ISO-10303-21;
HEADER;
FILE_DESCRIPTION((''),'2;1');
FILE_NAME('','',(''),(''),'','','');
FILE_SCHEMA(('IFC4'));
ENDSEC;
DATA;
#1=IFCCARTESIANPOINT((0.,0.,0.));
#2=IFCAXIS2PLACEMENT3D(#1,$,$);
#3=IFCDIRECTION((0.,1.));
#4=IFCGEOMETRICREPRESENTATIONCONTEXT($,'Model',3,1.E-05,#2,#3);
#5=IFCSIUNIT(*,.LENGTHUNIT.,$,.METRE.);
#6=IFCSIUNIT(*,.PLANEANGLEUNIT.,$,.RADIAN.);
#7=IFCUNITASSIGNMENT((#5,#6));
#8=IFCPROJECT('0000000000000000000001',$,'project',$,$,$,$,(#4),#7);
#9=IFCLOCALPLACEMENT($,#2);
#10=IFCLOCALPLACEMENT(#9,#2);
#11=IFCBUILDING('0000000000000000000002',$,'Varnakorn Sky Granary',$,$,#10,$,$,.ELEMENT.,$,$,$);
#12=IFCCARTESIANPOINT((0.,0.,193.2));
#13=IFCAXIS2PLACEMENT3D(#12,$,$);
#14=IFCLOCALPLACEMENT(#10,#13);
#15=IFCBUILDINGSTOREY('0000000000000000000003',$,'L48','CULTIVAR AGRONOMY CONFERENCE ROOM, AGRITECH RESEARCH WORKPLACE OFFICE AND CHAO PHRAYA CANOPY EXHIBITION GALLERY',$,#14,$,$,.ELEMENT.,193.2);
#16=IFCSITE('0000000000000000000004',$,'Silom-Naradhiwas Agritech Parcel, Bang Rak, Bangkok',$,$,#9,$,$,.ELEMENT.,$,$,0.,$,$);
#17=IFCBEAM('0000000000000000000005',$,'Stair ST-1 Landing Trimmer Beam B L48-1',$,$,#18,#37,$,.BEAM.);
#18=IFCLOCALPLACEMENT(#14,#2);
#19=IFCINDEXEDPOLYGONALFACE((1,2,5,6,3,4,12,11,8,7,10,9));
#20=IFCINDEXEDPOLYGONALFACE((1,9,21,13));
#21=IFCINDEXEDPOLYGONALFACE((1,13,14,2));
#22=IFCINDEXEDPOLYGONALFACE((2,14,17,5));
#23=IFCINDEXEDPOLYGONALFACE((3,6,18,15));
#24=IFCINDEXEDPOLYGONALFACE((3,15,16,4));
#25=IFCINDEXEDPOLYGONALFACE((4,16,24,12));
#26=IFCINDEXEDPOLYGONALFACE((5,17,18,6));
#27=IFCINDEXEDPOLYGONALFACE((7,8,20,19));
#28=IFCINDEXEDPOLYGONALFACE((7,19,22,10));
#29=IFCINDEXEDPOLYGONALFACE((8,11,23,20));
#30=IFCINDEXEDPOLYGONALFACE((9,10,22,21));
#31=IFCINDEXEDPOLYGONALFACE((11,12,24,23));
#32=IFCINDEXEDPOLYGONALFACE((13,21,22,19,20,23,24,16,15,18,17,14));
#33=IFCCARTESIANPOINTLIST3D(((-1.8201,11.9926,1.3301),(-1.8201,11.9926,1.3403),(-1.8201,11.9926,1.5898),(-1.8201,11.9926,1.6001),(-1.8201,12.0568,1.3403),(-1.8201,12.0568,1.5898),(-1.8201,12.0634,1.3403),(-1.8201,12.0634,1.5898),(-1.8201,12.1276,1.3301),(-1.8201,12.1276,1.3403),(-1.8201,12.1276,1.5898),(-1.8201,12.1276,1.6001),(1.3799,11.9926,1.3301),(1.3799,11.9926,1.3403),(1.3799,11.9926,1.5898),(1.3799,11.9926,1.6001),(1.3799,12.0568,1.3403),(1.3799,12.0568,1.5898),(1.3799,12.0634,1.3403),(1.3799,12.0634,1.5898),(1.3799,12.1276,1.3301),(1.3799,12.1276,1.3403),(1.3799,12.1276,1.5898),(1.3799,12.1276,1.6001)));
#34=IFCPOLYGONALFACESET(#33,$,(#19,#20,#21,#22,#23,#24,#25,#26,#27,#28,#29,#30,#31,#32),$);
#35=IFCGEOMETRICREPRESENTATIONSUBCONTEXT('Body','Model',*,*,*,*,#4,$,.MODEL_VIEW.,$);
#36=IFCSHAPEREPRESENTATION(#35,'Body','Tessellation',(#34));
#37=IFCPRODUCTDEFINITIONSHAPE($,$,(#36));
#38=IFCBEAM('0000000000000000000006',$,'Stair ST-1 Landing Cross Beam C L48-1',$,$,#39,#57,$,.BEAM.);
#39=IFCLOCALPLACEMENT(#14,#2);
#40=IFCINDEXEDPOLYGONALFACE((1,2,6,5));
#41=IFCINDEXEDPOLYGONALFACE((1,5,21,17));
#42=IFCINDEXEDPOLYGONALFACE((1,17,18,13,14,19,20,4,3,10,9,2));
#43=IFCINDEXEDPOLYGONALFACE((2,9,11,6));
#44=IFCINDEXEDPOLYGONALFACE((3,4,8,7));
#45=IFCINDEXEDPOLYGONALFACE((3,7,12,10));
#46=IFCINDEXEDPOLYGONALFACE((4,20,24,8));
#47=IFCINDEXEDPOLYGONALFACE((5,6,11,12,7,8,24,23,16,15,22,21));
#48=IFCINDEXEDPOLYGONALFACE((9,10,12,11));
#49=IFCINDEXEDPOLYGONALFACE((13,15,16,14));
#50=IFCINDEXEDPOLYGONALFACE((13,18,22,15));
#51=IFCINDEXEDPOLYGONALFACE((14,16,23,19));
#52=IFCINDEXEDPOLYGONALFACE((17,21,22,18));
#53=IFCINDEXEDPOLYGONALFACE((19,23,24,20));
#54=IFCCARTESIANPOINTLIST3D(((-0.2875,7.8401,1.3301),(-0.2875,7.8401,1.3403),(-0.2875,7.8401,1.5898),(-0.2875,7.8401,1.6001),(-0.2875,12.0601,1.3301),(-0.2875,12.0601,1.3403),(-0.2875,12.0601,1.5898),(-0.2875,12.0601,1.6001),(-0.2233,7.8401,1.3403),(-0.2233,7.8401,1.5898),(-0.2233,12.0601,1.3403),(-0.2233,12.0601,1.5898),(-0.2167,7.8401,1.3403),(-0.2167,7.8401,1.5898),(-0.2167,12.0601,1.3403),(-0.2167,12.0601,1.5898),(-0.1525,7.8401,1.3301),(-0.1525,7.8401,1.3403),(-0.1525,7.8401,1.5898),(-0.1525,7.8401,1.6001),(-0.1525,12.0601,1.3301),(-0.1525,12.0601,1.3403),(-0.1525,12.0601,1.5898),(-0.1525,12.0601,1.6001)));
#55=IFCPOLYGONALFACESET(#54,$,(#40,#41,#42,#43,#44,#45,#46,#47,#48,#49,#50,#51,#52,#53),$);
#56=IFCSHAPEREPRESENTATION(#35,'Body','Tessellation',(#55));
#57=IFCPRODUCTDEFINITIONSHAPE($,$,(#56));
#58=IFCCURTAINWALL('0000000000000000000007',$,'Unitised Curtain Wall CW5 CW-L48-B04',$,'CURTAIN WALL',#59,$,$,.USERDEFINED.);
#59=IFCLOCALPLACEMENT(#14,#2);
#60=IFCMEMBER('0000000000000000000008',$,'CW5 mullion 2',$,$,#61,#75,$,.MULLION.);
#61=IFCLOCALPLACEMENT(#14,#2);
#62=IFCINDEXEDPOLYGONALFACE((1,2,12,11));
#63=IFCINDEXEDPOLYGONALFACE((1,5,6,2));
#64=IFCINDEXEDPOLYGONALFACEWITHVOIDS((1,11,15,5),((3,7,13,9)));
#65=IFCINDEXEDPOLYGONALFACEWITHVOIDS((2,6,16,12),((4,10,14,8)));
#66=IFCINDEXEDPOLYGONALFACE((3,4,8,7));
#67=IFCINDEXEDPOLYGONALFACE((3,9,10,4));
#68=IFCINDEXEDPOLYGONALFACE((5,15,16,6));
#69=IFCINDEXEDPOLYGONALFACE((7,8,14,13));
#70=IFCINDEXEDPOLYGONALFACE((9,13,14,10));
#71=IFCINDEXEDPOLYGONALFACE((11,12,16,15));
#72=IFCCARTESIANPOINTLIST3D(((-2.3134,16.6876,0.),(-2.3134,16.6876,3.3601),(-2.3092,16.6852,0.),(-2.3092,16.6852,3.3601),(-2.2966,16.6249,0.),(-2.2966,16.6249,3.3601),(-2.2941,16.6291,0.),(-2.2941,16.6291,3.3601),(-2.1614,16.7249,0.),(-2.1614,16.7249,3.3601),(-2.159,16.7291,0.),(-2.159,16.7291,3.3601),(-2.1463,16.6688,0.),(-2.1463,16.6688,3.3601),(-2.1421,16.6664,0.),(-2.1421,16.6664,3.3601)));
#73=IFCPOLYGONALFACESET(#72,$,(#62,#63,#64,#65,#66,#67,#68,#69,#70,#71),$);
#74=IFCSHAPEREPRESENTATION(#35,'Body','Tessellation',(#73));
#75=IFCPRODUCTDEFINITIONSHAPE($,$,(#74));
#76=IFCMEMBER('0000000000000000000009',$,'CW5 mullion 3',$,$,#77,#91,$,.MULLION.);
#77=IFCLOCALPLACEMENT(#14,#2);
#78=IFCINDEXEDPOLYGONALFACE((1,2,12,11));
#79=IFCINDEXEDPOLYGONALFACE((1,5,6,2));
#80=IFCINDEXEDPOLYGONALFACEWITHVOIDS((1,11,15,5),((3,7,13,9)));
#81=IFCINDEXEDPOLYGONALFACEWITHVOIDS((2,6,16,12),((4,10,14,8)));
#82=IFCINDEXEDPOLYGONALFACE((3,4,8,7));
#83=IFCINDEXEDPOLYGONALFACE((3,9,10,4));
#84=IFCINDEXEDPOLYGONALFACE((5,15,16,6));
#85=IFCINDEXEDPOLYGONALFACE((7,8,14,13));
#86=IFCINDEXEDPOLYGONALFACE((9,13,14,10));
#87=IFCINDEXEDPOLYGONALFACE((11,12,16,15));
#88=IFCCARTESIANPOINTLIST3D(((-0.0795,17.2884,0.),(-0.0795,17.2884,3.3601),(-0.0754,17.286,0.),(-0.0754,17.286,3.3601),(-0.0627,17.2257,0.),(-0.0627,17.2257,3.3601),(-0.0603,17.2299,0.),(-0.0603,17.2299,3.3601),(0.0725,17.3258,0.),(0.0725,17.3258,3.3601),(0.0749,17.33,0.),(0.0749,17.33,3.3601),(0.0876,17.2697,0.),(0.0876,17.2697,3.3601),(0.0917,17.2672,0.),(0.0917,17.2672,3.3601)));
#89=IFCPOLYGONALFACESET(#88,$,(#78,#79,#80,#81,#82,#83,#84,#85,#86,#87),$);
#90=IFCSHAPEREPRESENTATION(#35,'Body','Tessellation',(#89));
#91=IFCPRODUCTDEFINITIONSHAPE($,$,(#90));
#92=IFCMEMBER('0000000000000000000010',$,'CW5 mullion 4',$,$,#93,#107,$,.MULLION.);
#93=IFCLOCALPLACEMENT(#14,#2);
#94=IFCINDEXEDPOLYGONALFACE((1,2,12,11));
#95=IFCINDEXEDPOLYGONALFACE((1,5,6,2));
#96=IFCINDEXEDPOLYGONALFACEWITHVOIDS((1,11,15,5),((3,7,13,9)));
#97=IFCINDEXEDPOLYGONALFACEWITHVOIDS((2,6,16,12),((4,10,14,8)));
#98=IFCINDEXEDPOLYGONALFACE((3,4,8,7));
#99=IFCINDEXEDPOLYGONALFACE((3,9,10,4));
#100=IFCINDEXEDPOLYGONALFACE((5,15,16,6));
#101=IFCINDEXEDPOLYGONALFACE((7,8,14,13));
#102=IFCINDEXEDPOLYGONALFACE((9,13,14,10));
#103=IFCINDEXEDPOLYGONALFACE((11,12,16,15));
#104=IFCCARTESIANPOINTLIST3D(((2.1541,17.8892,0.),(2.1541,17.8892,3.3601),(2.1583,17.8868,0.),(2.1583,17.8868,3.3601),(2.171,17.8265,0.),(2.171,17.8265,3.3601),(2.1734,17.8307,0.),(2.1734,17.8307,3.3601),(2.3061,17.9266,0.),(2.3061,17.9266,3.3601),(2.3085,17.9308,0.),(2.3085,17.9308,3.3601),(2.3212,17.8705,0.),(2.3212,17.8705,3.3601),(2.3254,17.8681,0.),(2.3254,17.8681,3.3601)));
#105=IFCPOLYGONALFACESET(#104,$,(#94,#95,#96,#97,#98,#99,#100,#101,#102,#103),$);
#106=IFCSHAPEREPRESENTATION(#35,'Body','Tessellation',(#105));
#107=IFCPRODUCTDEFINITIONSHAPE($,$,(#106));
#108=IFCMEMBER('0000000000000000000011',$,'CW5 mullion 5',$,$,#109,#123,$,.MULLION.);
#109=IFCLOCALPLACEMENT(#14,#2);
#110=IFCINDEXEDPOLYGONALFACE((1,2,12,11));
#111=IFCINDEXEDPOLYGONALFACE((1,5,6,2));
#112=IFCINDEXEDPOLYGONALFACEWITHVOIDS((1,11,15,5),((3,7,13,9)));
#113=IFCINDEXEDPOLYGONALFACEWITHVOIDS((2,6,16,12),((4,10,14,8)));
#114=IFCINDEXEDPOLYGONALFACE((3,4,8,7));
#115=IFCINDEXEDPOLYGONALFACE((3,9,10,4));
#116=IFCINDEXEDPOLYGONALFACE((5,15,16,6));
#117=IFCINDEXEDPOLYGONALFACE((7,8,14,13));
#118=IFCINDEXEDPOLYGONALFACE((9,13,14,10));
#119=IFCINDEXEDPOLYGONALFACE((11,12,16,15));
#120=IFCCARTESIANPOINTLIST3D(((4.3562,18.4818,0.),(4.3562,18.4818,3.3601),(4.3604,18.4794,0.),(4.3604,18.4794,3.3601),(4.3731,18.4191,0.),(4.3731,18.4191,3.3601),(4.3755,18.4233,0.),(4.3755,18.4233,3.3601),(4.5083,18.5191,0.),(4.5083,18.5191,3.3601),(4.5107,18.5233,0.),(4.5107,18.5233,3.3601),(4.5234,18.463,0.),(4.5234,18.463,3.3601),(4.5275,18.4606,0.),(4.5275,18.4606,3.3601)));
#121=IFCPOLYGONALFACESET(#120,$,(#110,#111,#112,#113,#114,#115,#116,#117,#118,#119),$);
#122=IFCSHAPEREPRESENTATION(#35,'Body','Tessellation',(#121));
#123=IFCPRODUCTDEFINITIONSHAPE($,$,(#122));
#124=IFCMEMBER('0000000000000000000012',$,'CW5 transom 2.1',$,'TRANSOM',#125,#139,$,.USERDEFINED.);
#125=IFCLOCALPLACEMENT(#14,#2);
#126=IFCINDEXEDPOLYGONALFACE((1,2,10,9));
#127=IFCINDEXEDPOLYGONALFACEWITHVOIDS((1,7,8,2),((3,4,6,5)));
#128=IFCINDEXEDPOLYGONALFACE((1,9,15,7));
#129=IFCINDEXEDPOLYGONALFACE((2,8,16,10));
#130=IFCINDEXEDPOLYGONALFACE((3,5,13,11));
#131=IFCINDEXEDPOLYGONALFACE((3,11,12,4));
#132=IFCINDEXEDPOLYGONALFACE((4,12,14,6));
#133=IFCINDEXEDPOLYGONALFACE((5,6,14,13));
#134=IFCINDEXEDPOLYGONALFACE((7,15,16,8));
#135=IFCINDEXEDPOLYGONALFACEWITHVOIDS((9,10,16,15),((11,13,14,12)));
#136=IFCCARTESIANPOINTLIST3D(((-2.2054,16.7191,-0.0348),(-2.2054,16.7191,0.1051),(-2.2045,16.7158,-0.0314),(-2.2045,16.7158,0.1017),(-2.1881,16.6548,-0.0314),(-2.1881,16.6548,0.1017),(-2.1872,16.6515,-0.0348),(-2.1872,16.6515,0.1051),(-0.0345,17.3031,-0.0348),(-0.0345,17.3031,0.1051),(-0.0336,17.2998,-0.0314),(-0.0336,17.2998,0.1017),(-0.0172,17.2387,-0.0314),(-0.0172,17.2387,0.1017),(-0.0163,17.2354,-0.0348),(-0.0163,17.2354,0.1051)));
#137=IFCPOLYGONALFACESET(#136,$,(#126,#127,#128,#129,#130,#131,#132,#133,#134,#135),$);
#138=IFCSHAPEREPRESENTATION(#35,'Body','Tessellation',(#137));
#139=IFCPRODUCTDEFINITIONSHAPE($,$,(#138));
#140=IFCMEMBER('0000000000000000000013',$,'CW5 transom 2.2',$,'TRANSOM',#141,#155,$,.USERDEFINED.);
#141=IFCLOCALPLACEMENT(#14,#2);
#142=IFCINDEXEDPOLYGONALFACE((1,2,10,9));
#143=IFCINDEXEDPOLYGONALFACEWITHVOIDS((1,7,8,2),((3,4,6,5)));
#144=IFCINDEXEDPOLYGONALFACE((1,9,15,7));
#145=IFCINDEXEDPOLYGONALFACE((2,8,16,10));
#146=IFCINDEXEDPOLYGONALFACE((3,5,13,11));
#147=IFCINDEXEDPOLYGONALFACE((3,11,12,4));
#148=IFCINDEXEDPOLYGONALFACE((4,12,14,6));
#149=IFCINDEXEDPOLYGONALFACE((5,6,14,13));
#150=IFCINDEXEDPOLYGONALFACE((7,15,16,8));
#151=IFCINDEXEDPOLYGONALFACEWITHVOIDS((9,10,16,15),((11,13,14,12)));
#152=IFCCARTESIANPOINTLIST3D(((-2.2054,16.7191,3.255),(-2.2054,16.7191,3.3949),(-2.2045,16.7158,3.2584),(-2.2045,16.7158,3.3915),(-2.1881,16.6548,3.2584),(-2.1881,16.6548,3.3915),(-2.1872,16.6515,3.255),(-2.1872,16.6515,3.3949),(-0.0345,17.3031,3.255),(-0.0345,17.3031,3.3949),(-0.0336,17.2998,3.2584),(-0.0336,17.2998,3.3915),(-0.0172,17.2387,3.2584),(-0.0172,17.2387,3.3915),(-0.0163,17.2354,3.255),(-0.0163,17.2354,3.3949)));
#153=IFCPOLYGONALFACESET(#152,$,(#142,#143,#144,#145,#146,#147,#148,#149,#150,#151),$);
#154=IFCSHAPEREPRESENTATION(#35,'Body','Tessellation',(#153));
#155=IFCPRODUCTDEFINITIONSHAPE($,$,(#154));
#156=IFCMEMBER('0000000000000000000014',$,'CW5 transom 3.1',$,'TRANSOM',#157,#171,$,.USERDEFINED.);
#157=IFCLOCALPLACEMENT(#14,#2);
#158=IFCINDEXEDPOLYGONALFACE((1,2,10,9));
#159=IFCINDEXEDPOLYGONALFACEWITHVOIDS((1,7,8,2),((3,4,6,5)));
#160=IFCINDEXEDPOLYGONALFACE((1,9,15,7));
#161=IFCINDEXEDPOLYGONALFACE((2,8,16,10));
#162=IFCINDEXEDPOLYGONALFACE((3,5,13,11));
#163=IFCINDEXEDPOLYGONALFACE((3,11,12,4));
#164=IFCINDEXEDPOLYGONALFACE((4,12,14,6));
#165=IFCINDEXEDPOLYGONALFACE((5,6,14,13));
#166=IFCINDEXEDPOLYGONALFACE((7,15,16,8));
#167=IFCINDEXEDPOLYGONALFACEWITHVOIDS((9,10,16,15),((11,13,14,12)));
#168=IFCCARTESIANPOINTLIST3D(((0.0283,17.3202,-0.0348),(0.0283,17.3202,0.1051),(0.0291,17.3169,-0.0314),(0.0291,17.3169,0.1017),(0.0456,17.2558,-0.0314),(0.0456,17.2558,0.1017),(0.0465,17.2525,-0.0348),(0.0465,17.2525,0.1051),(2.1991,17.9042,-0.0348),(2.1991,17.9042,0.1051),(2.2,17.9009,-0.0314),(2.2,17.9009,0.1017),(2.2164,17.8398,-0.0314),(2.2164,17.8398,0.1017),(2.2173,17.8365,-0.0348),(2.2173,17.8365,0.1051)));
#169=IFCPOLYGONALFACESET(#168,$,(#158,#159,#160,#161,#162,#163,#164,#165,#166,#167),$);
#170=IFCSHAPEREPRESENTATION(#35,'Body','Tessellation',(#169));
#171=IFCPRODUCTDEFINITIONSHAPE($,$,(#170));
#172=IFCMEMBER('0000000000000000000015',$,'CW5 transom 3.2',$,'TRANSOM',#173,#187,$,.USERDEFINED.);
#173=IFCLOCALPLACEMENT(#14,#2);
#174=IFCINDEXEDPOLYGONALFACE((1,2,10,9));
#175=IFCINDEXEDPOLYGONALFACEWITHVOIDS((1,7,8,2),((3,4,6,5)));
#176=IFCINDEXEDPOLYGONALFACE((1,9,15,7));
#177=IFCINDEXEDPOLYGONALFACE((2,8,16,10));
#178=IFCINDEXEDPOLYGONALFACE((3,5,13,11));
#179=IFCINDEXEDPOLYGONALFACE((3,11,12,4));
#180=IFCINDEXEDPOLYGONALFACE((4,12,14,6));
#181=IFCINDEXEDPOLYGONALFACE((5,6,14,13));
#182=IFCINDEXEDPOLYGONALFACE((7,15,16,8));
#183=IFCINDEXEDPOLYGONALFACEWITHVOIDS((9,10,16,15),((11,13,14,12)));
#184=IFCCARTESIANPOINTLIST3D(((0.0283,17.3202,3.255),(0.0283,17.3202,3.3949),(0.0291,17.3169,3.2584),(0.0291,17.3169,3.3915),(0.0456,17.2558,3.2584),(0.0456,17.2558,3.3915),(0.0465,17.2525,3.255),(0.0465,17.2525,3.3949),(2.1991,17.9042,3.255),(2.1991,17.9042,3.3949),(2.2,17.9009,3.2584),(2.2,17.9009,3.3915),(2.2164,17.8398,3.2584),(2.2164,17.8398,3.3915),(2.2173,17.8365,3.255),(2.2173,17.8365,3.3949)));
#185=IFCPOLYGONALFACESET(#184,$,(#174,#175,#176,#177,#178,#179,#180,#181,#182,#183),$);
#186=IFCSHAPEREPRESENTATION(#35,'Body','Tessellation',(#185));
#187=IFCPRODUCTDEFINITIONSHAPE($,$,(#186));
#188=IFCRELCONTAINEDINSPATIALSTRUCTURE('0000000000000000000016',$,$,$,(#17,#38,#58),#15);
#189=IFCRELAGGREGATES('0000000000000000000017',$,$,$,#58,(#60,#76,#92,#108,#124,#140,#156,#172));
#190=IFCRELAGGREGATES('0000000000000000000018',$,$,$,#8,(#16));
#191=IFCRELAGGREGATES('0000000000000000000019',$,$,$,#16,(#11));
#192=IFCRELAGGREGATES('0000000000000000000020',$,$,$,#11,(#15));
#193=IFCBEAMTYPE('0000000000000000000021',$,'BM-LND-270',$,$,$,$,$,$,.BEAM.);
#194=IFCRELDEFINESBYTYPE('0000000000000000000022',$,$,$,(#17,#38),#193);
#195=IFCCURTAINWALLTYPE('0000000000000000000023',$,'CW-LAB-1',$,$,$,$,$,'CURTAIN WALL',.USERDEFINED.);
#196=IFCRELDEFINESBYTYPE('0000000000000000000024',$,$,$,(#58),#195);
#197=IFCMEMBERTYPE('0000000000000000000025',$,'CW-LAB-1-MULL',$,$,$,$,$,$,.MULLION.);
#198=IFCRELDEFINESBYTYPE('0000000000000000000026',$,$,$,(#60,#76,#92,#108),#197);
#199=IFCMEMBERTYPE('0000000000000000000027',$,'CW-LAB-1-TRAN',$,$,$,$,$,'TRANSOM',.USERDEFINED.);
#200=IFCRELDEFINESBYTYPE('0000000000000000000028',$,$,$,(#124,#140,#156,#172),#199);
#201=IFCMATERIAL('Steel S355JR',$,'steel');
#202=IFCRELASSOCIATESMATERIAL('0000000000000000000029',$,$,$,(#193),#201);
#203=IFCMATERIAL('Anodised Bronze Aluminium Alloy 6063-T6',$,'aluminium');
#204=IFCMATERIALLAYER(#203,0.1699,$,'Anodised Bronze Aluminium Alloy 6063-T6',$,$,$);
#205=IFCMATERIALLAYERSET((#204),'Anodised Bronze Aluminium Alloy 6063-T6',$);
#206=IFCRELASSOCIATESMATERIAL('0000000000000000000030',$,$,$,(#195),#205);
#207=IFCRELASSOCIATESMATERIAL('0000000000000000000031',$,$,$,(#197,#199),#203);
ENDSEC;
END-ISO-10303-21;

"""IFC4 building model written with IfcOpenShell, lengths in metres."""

from ifc_helpers import new_model, si_unit, direction, frame, origin, origin_2d, place, context, subcontext, project, spatial, hollow_rectangle, i_section, extrude, material, layer, layer_set, material_profile, profile_set, type_object, element, aggregate, save


model = new_model("IFC4")

# Units and contexts
model_context = context("Model", 3, precision=1e-05, world=origin(), true_north=direction((0.0, 1.0)))
body_context = subcontext(model_context, "Body", "Model", "MODEL_VIEW")
ifc_project = project(units=[si_unit("LENGTHUNIT", "METRE"), si_unit("PLANEANGLEUNIT", "RADIAN")], contexts=[model_context])

# Site, building, storey
site_placement = place(None, origin())
site = spatial("IfcSite", under=ifc_project, at=site_placement, Name="Silom-Naradhiwas Agritech Parcel, Bang Rak, Bangkok", CompositionType="ELEMENT", RefElevation=0.0)
building_placement = place(site_placement, origin())
building = spatial("IfcBuilding", under=site, at=building_placement, Name="Varnakorn Sky Granary", CompositionType="ELEMENT")
storey_placement = place(building_placement, frame((0.0, 0.0, 193.2)))
storey = spatial("IfcBuildingStorey", under=building, at=storey_placement, Name="L48", Description="CULTIVAR AGRONOMY CONFERENCE ROOM, AGRITECH RESEARCH WORKPLACE OFFICE AND CHAO PHRAYA CANOPY EXHIBITION GALLERY", CompositionType="ELEMENT", Elevation=193.2)

# Beams
ifc_material_1 = material(Name="Steel S355JR", Category="steel")
ifc_material_profile_1 = material_profile(ifc_material_1, i_section(OverallWidth=0.135, OverallDepth=0.27, WebThickness=0.0066, FlangeThickness=0.0103, at=origin_2d()), Name="IPE 270")
ifc_profile_set_1 = profile_set([ifc_material_profile_1], Name="Steel S355JR")
beam_type = type_object("IfcBeamType", Name="BM-LND-270", PredefinedType="BEAM", material=ifc_profile_set_1)
beam_1_placement = place(storey_placement, frame((-1.8201, 12.0601, 1.4651), z_axis=(1.0, 0.0, 0.0), x_axis=(0.0, 1.0, 0.0)))
element("IfcBeam", 1, at=beam_1_placement, inside=storey, type_object=beam_type, Name="Stair ST-1 Landing Trimmer Beam B L48-1", PredefinedType="BEAM", context=body_context, shape_type="SweptSolid", body=[
    extrude(i_section(OverallWidth=0.135, OverallDepth=0.27, WebThickness=0.0066, FlangeThickness=0.0103, at=origin_2d()), origin(), (0.0, 0.0, 1.0), 3.2),
])
beam_2_placement = place(storey_placement, frame((-0.22, 7.8401, 1.4651), z_axis=(0.0, 1.0, 0.0), x_axis=(-1.0, 0.0, 0.0)))
element("IfcBeam", 2, at=beam_2_placement, inside=storey, type_object=beam_type, Name="Stair ST-1 Landing Cross Beam C L48-1", PredefinedType="BEAM", context=body_context, shape_type="SweptSolid", body=[
    extrude(i_section(OverallWidth=0.135, OverallDepth=0.27, WebThickness=0.0066, FlangeThickness=0.0103, at=origin_2d()), origin(), (0.0, 0.0, 1.0), 4.22),
])

# Curtain wall, members
ifc_material_2 = material(Name="Anodised Bronze Aluminium Alloy 6063-T6", Category="aluminium")
ifc_layer_1 = layer(ifc_material_2, 0.1699, Name="Anodised Bronze Aluminium Alloy 6063-T6")
ifc_layer_set_1 = layer_set([ifc_layer_1], Name="Anodised Bronze Aluminium Alloy 6063-T6")
curtain_wall_type = type_object("IfcCurtainWallType", Name="CW-LAB-1", ElementType="CURTAIN WALL", PredefinedType="USERDEFINED", material=ifc_layer_set_1)
curtain_wall_placement = place(storey_placement, origin())
curtain_wall = element("IfcCurtainWall", 3, at=curtain_wall_placement, inside=storey, type_object=curtain_wall_type, Name="Unitised Curtain Wall CW5 CW-L48-B04", ObjectType="CURTAIN WALL", PredefinedType="USERDEFINED")
ifc_material_profile_2 = material_profile(ifc_material_2, hollow_rectangle(XDim=0.0649, YDim=0.1599, WallThickness=0.0034, at=origin_2d()), Name="ALU MULL 65x160")
ifc_profile_set_2 = profile_set([ifc_material_profile_2], Name="Anodised Bronze Aluminium Alloy 6063-T6")
member_type_1 = type_object("IfcMemberType", Name="CW-LAB-1-MULL", PredefinedType="MULLION", material=ifc_profile_set_2)
member_1_placement = place(storey_placement, frame((-2.2278, 16.677, 0.0), z_axis=(0.0, 0.0, 1.0), x_axis=(-0.25979, 0.965665, 0.0)))
member_1 = element("IfcMember", 4, at=member_1_placement, type_object=member_type_1, Name="CW5 mullion 2", PredefinedType="MULLION", context=body_context, shape_type="SweptSolid", body=[
    extrude(hollow_rectangle(XDim=0.0649, YDim=0.1599, WallThickness=0.0034, at=origin_2d()), origin(), (0.0, 0.0, 1.0), 3.3601),
])
member_2_placement = place(storey_placement, frame((0.0061, 17.2778, 0.0), z_axis=(0.0, 0.0, 1.0), x_axis=(-0.25979, 0.965665, 0.0)))
member_2 = element("IfcMember", 5, at=member_2_placement, type_object=member_type_1, Name="CW5 mullion 3", PredefinedType="MULLION", context=body_context, shape_type="SweptSolid", body=[
    extrude(hollow_rectangle(XDim=0.0649, YDim=0.1599, WallThickness=0.0034, at=origin_2d()), origin(), (0.0, 0.0, 1.0), 3.3601),
])
member_3_placement = place(storey_placement, frame((2.2397, 17.8787, 0.0), z_axis=(0.0, 0.0, 1.0), x_axis=(-0.25979, 0.965665, 0.0)))
member_3 = element("IfcMember", 6, at=member_3_placement, type_object=member_type_1, Name="CW5 mullion 4", PredefinedType="MULLION", context=body_context, shape_type="SweptSolid", body=[
    extrude(hollow_rectangle(XDim=0.0649, YDim=0.1599, WallThickness=0.0034, at=origin_2d()), origin(), (0.0, 0.0, 1.0), 3.3601),
])
member_4_placement = place(storey_placement, frame((4.4419, 18.4712, 0.0), z_axis=(0.0, 0.0, 1.0), x_axis=(-0.25979, 0.965665, 0.0)))
member_4 = element("IfcMember", 7, at=member_4_placement, type_object=member_type_1, Name="CW5 mullion 5", PredefinedType="MULLION", context=body_context, shape_type="SweptSolid", body=[
    extrude(hollow_rectangle(XDim=0.0649, YDim=0.1599, WallThickness=0.0034, at=origin_2d()), origin(), (0.0, 0.0, 1.0), 3.3601),
])
ifc_material_profile_3 = material_profile(ifc_material_2, hollow_rectangle(XDim=0.0701, YDim=0.1399, WallThickness=0.0034, at=origin_2d()), Name="ALU TRAN 70x140")
ifc_profile_set_3 = profile_set([ifc_material_profile_3], Name="Anodised Bronze Aluminium Alloy 6063-T6")
member_type_2 = type_object("IfcMemberType", Name="CW-LAB-1-TRAN", ElementType="TRANSOM", PredefinedType="USERDEFINED", material=ifc_profile_set_3)
member_5_placement = place(storey_placement, frame((-2.1963, 16.6853, 0.0352), z_axis=(0.96567, 0.259771, 0.0), x_axis=(-0.259771, 0.96567, 0.0)))
member_5 = element("IfcMember", 8, at=member_5_placement, type_object=member_type_2, Name="CW5 transom 2.1", ObjectType="TRANSOM", PredefinedType="USERDEFINED", context=body_context, shape_type="SweptSolid", body=[
    extrude(hollow_rectangle(XDim=0.0701, YDim=0.1399, WallThickness=0.0034, at=origin_2d()), origin(), (0.0, 0.0, 1.0), 2.248),
])
member_6_placement = place(storey_placement, frame((-2.1963, 16.6853, 3.325), z_axis=(0.96567, 0.259771, 0.0), x_axis=(-0.259771, 0.96567, 0.0)))
member_6 = element("IfcMember", 9, at=member_6_placement, type_object=member_type_2, Name="CW5 transom 2.2", ObjectType="TRANSOM", PredefinedType="USERDEFINED", context=body_context, shape_type="SweptSolid", body=[
    extrude(hollow_rectangle(XDim=0.0701, YDim=0.1399, WallThickness=0.0034, at=origin_2d()), origin(), (0.0, 0.0, 1.0), 2.248),
])
member_7_placement = place(storey_placement, frame((0.0374, 17.2864, 0.0352), z_axis=(0.96567, 0.259771, 0.0), x_axis=(-0.259771, 0.96567, 0.0)))
member_7 = element("IfcMember", 10, at=member_7_placement, type_object=member_type_2, Name="CW5 transom 3.1", ObjectType="TRANSOM", PredefinedType="USERDEFINED", context=body_context, shape_type="SweptSolid", body=[
    extrude(hollow_rectangle(XDim=0.0701, YDim=0.1399, WallThickness=0.0034, at=origin_2d()), origin(), (0.0, 0.0, 1.0), 2.248),
])
member_8_placement = place(storey_placement, frame((0.0374, 17.2864, 3.325), z_axis=(0.96567, 0.259771, 0.0), x_axis=(-0.259771, 0.96567, 0.0)))
member_8 = element("IfcMember", 11, at=member_8_placement, type_object=member_type_2, Name="CW5 transom 3.2", ObjectType="TRANSOM", PredefinedType="USERDEFINED", context=body_context, shape_type="SweptSolid", body=[
    extrude(hollow_rectangle(XDim=0.0701, YDim=0.1399, WallThickness=0.0034, at=origin_2d()), origin(), (0.0, 0.0, 1.0), 2.248),
])
aggregate(curtain_wall, [member_1, member_2, member_3, member_4, member_5, member_6, member_7, member_8])

save(model, "model.ifc")
